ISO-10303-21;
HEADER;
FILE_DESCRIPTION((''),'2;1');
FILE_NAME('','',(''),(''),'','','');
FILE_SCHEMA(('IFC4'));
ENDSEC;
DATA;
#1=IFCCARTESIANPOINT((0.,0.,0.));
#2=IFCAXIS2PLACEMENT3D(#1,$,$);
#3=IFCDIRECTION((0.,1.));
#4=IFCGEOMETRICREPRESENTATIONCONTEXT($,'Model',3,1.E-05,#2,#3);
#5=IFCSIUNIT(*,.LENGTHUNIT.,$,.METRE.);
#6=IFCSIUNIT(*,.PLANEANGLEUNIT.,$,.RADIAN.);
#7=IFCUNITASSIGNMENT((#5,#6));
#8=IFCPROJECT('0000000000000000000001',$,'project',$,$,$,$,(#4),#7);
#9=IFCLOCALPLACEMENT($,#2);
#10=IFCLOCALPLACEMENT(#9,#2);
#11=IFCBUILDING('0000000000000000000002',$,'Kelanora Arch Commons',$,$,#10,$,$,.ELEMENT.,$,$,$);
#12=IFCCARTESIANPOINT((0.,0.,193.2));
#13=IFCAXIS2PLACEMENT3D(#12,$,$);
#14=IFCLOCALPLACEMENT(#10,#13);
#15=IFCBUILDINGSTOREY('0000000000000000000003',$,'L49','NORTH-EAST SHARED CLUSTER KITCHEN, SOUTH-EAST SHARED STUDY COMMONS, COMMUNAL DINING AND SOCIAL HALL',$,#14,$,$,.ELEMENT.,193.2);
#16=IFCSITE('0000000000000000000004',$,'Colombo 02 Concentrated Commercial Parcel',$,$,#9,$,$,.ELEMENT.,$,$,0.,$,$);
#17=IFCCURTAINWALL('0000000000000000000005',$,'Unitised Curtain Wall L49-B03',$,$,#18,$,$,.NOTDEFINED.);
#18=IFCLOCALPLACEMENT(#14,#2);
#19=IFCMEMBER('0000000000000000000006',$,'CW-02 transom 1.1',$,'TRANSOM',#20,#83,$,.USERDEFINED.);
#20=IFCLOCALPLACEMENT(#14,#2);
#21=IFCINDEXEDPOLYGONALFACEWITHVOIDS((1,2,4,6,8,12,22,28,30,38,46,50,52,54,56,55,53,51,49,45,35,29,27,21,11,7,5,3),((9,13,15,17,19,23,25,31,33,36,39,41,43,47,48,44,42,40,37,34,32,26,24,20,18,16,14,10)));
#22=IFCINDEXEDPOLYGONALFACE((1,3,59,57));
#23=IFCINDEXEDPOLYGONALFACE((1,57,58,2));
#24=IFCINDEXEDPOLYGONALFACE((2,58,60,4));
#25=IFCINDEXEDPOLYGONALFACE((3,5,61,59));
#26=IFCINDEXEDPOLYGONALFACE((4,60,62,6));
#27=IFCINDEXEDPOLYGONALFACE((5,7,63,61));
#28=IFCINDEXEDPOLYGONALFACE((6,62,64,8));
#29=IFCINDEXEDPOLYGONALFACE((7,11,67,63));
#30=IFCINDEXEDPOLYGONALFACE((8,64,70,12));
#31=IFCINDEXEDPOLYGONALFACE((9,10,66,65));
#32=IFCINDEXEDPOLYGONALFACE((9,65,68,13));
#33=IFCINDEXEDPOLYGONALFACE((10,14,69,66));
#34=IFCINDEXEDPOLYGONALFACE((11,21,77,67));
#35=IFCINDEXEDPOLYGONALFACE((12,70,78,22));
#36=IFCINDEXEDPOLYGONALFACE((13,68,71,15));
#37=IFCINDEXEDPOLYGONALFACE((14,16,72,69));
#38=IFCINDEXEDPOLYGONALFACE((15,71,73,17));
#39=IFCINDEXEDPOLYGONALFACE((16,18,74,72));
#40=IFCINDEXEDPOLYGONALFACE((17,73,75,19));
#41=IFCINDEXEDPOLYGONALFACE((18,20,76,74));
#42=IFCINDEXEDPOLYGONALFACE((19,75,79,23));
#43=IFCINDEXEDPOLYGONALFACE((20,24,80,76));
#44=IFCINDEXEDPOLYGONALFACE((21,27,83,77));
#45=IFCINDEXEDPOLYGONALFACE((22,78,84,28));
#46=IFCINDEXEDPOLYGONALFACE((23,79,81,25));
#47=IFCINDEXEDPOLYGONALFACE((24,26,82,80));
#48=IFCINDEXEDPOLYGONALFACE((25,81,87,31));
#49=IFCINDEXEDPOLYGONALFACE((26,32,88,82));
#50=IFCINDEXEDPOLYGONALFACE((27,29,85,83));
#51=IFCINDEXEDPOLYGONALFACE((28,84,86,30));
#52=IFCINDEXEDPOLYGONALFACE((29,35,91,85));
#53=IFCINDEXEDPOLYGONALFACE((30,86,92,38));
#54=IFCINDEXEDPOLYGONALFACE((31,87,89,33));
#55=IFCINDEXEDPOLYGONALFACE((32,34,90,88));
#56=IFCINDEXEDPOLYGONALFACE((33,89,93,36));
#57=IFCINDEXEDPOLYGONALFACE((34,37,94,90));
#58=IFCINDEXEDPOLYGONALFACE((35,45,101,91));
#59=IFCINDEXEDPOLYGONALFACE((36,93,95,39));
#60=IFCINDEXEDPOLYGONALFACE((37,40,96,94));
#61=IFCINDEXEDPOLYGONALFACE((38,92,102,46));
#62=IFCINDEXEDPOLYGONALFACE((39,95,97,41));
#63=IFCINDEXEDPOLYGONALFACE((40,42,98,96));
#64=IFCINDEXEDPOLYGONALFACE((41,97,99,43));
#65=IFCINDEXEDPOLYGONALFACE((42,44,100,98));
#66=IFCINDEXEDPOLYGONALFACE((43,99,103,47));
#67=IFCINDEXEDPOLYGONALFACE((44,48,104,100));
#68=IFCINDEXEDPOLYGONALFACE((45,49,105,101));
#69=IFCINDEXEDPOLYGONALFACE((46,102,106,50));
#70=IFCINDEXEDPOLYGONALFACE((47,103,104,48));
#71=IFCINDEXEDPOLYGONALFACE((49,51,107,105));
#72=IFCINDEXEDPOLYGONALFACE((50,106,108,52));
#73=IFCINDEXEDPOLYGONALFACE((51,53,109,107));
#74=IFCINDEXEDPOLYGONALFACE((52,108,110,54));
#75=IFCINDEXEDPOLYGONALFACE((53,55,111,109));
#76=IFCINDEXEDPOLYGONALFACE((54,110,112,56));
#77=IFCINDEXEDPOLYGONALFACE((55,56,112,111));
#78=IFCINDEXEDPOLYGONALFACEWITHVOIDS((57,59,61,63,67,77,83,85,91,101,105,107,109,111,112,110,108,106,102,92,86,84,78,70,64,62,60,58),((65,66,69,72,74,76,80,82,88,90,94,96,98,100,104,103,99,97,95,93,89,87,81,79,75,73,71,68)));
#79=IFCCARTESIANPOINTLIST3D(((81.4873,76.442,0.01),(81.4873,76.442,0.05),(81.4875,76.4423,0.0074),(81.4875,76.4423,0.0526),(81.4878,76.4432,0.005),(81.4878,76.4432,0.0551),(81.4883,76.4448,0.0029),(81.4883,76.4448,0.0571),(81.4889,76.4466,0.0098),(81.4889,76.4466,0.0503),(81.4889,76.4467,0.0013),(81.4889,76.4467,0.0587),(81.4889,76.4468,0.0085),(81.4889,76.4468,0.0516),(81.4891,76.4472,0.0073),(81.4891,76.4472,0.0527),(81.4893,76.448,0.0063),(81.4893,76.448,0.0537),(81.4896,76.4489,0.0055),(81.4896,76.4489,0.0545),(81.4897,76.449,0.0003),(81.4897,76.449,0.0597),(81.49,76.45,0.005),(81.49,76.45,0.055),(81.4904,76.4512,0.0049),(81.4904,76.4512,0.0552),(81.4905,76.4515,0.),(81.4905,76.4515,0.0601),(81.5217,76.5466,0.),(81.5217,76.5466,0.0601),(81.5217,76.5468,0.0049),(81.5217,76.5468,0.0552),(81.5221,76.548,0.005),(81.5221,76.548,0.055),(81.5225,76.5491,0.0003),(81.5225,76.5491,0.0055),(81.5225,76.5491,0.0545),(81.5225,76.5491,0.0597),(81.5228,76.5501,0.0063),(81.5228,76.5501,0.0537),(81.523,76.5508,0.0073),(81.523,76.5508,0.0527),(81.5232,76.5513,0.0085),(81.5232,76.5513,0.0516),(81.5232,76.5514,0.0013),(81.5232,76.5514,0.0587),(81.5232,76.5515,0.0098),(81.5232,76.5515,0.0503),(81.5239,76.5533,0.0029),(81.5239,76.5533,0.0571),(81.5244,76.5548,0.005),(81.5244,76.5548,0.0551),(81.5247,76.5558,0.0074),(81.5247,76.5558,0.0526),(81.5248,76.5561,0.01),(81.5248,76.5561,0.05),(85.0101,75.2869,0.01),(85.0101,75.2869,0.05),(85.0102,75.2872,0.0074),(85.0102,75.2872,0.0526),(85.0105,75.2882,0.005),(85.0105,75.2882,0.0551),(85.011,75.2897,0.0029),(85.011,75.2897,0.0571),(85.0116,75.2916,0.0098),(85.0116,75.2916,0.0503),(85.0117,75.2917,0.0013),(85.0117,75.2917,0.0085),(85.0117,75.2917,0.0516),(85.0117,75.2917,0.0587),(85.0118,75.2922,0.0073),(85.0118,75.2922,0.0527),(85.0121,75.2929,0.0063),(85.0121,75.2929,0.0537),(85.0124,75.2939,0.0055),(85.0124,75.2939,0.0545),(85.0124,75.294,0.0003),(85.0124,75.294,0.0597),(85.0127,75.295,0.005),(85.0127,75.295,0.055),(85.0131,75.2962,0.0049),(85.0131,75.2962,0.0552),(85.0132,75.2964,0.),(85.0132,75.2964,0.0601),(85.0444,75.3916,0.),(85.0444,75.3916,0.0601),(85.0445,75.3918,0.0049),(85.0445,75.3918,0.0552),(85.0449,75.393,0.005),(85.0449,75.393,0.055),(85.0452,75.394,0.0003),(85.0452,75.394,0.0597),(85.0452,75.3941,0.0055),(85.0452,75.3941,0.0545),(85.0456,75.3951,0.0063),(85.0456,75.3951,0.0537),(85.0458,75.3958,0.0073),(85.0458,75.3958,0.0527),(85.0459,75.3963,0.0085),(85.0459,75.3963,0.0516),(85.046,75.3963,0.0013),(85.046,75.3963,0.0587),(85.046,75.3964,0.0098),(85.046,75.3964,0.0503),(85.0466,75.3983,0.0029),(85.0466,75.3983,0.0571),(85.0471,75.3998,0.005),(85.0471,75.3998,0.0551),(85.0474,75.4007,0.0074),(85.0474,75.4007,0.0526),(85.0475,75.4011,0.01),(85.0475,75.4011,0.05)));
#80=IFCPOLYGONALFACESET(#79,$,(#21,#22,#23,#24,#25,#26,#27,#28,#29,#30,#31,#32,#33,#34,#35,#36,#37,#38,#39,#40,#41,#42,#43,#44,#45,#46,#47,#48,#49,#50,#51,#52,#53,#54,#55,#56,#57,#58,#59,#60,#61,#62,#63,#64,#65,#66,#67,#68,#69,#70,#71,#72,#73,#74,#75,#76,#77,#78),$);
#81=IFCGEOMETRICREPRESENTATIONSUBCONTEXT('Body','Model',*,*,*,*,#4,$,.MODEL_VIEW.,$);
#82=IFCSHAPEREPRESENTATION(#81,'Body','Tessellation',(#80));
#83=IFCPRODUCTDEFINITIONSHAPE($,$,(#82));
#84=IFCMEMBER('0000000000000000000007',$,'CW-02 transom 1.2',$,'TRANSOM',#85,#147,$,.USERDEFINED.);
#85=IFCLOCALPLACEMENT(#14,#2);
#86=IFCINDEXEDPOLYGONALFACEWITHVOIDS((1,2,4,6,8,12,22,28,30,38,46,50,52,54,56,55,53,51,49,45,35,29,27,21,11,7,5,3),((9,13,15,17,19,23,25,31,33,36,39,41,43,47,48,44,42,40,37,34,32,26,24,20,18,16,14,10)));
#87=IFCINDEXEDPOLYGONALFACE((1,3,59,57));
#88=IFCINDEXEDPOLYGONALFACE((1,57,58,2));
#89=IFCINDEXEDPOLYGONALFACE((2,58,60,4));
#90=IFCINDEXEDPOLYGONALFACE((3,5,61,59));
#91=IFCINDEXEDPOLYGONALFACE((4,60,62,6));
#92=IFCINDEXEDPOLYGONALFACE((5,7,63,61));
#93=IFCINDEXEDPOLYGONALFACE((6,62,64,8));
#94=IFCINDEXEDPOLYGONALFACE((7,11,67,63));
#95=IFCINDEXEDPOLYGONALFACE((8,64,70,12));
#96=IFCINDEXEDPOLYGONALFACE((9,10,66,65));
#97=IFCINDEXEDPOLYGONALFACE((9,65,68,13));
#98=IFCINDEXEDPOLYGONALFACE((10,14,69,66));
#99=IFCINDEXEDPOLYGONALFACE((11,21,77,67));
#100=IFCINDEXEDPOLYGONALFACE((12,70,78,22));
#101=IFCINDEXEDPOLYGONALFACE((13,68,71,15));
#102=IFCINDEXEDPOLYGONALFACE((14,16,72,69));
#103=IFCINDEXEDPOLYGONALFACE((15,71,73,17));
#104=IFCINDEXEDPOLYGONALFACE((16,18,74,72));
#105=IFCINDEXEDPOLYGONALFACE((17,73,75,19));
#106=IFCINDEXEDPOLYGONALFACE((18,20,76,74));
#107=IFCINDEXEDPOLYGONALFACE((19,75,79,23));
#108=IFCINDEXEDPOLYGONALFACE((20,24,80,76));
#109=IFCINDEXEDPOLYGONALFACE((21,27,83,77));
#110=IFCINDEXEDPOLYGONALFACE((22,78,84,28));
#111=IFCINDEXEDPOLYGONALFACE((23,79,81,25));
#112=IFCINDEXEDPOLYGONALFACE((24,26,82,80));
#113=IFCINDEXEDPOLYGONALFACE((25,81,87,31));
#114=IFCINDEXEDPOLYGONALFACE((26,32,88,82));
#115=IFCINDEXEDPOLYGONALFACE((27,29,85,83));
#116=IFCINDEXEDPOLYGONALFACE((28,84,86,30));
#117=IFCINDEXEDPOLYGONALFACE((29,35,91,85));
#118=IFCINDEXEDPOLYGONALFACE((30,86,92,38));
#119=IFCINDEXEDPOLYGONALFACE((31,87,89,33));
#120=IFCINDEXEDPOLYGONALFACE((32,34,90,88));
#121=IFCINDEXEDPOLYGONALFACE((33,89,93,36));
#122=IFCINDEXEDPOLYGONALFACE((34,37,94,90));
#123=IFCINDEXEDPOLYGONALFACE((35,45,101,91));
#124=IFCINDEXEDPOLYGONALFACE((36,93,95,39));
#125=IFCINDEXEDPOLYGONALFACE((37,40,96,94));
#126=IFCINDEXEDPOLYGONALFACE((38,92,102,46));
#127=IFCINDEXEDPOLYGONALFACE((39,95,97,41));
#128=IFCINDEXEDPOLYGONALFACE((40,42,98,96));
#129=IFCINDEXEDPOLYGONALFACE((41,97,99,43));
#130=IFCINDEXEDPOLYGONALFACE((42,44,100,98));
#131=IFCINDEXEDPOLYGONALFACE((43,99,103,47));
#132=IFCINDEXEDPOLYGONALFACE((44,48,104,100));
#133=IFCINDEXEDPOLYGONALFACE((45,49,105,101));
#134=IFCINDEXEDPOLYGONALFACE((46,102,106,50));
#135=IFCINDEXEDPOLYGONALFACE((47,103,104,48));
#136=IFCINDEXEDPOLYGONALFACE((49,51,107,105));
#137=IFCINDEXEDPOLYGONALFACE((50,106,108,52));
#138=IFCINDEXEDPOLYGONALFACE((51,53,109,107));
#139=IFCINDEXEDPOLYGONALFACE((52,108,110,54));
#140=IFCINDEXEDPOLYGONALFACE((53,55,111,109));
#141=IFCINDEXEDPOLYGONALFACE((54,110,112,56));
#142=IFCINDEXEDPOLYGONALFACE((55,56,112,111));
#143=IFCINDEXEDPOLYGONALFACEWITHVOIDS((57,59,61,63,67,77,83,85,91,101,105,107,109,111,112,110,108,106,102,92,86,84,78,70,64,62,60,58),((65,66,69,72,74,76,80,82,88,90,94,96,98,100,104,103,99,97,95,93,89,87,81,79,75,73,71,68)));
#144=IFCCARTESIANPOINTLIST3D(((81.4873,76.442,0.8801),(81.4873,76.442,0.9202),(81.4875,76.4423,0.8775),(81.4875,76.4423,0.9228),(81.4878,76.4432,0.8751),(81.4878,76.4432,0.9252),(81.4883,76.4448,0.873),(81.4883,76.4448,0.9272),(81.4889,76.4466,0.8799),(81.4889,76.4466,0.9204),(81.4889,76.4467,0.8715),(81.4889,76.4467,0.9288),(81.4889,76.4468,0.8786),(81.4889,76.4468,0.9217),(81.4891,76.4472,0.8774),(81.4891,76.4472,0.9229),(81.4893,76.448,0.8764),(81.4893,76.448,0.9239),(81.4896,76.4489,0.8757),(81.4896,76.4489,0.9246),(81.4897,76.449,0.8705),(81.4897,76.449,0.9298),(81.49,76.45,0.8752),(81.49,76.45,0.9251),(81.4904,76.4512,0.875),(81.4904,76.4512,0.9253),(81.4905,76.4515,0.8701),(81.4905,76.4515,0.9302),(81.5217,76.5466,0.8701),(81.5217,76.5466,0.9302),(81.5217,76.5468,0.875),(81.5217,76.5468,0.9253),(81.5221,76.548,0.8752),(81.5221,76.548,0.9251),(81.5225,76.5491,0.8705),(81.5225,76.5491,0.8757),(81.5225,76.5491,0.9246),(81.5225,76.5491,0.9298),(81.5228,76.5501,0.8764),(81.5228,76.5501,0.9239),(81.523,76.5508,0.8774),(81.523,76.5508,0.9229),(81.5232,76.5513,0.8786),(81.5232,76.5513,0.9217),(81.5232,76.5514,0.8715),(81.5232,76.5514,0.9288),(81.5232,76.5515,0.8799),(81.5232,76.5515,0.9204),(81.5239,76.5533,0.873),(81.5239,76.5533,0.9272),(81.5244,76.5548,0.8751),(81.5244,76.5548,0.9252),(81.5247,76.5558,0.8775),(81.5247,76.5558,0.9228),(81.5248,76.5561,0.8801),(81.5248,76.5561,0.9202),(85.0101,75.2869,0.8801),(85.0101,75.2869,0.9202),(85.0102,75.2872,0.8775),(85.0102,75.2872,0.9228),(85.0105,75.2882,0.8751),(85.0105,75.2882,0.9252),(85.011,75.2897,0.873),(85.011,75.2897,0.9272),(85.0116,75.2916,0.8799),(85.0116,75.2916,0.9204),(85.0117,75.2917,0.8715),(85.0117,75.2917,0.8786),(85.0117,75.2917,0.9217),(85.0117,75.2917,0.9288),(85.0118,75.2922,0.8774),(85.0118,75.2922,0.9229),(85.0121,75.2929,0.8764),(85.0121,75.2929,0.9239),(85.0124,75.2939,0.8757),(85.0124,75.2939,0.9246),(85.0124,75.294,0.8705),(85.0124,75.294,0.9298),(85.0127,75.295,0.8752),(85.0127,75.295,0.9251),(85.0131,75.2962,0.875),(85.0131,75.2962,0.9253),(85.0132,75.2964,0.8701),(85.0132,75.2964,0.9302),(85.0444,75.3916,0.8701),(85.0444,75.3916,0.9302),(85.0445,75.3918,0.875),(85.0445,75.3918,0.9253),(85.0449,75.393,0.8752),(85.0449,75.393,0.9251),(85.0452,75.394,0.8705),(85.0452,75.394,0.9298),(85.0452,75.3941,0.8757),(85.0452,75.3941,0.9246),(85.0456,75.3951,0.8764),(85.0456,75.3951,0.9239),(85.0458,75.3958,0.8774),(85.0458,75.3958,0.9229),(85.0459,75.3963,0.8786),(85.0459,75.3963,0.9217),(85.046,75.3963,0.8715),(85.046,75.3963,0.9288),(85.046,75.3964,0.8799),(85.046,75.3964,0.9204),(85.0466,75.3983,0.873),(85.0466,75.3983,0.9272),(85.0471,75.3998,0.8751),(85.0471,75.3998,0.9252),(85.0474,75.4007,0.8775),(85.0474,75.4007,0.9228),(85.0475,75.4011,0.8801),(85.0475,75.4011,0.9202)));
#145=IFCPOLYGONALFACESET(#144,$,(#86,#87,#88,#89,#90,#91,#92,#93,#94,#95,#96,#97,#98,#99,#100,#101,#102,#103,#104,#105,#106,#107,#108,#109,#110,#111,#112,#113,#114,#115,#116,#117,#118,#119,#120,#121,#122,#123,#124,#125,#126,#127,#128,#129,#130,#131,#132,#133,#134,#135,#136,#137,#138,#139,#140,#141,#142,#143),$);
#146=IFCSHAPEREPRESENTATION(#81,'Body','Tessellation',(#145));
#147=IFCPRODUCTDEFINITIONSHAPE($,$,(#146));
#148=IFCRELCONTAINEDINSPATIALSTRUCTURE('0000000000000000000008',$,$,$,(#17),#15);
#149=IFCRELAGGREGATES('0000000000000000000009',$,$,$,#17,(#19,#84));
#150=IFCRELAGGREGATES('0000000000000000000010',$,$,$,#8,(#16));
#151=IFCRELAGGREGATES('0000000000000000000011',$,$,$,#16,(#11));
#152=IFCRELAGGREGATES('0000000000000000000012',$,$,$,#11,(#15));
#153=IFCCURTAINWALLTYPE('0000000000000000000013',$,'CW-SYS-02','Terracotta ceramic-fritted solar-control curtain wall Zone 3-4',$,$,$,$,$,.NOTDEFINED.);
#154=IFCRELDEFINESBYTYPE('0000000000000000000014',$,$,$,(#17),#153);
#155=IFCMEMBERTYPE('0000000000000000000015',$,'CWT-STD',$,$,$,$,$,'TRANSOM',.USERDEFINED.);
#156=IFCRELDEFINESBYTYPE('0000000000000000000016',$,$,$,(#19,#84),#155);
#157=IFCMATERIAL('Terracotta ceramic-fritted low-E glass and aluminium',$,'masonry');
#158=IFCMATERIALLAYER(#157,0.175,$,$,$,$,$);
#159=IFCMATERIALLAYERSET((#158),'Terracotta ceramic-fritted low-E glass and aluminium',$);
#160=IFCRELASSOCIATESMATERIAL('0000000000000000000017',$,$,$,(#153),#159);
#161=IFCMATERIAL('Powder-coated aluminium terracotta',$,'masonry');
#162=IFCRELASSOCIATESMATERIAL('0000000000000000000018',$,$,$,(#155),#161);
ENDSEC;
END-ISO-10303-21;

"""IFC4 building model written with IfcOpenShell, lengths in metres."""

from ifc_helpers import new_model, si_unit, direction, frame, origin, origin_2d, place, context, subcontext, project, spatial, hollow_rectangle, extrude, material, layer, layer_set, material_profile, profile_set, type_object, element, aggregate, save


model = new_model("IFC4")

# Units and contexts
model_context = context("Model", 3, precision=1e-05, world=origin(), true_north=direction((0.0, 1.0)))
body_context = subcontext(model_context, "Body", "Model", "MODEL_VIEW")
ifc_project = project(units=[si_unit("LENGTHUNIT", "METRE"), si_unit("PLANEANGLEUNIT", "RADIAN")], contexts=[model_context])

# Site, building, storey
site_placement = place(None, origin())
site = spatial("IfcSite", under=ifc_project, at=site_placement, Name="Colombo 02 Concentrated Commercial Parcel", CompositionType="ELEMENT", RefElevation=0.0)
building_placement = place(site_placement, origin())
building = spatial("IfcBuilding", under=site, at=building_placement, Name="Kelanora Arch Commons", CompositionType="ELEMENT")
storey_placement = place(building_placement, frame((0.0, 0.0, 193.2)))
storey = spatial("IfcBuildingStorey", under=building, at=storey_placement, Name="L49", Description="NORTH-EAST SHARED CLUSTER KITCHEN, SOUTH-EAST SHARED STUDY COMMONS, COMMUNAL DINING AND SOCIAL HALL", CompositionType="ELEMENT", Elevation=193.2)

# Curtain wall, members
ifc_material_1 = material(Name="Terracotta ceramic-fritted low-E glass and aluminium", Category="masonry")
ifc_layer_1 = layer(ifc_material_1, 0.175)
ifc_layer_set_1 = layer_set([ifc_layer_1], Name="Terracotta ceramic-fritted low-E glass and aluminium")
curtain_wall_type = type_object("IfcCurtainWallType", Name="CW-SYS-02", Description="Terracotta ceramic-fritted solar-control curtain wall Zone 3-4", PredefinedType="NOTDEFINED", material=ifc_layer_set_1)
curtain_wall_placement = place(storey_placement, origin())
curtain_wall = element("IfcCurtainWall", 1, at=curtain_wall_placement, inside=storey, type_object=curtain_wall_type, Name="Unitised Curtain Wall L49-B03", PredefinedType="NOTDEFINED")
ifc_material_2 = material(Name="Powder-coated aluminium terracotta", Category="masonry")
ifc_material_profile_1 = material_profile(ifc_material_2, hollow_rectangle(XDim=0.1201, YDim=0.0601, WallThickness=0.0049, InnerFilletRadius=0.0049, OuterFilletRadius=0.01, at=origin_2d()), Name="CWT120x60")
ifc_profile_set_1 = profile_set([ifc_material_profile_1], Name="Powder-coated aluminium terracotta")
member_type_1 = type_object("IfcMemberType", Name="CWT-STD", ElementType="TRANSOM", PredefinedType="USERDEFINED", material=ifc_profile_set_1)
member_1_placement = place(storey_placement, frame((85.0288, 75.344, 0.03), z_axis=(-0.950226, 0.311561, 0.0), x_axis=(-0.311561, -0.950226, 0.0)))
member_1 = element("IfcMember", 2, at=member_1_placement, type_object=member_type_1, Name="CW-02 transom 1.1", ObjectType="TRANSOM", PredefinedType="USERDEFINED", context=body_context, shape_type="SweptSolid", body=[
    extrude(hollow_rectangle(XDim=0.1201, YDim=0.0601, WallThickness=0.0049, InnerFilletRadius=0.0049, OuterFilletRadius=0.01, at=origin_2d()), origin(), (0.0, 0.0, 1.0), 3.7073),
])
member_2_placement = place(storey_placement, frame((85.0288, 75.344, 0.9001), z_axis=(-0.950226, 0.311561, 0.0), x_axis=(-0.311561, -0.950226, 0.0)))
member_2 = element("IfcMember", 3, at=member_2_placement, type_object=member_type_1, Name="CW-02 transom 1.2", ObjectType="TRANSOM", PredefinedType="USERDEFINED", context=body_context, shape_type="SweptSolid", body=[
    extrude(hollow_rectangle(XDim=0.1201, YDim=0.0601, WallThickness=0.0049, InnerFilletRadius=0.0049, OuterFilletRadius=0.01, at=origin_2d()), origin(), (0.0, 0.0, 1.0), 3.7073),
])
aggregate(curtain_wall, [member_1, member_2])

save(model, "model.ifc")
